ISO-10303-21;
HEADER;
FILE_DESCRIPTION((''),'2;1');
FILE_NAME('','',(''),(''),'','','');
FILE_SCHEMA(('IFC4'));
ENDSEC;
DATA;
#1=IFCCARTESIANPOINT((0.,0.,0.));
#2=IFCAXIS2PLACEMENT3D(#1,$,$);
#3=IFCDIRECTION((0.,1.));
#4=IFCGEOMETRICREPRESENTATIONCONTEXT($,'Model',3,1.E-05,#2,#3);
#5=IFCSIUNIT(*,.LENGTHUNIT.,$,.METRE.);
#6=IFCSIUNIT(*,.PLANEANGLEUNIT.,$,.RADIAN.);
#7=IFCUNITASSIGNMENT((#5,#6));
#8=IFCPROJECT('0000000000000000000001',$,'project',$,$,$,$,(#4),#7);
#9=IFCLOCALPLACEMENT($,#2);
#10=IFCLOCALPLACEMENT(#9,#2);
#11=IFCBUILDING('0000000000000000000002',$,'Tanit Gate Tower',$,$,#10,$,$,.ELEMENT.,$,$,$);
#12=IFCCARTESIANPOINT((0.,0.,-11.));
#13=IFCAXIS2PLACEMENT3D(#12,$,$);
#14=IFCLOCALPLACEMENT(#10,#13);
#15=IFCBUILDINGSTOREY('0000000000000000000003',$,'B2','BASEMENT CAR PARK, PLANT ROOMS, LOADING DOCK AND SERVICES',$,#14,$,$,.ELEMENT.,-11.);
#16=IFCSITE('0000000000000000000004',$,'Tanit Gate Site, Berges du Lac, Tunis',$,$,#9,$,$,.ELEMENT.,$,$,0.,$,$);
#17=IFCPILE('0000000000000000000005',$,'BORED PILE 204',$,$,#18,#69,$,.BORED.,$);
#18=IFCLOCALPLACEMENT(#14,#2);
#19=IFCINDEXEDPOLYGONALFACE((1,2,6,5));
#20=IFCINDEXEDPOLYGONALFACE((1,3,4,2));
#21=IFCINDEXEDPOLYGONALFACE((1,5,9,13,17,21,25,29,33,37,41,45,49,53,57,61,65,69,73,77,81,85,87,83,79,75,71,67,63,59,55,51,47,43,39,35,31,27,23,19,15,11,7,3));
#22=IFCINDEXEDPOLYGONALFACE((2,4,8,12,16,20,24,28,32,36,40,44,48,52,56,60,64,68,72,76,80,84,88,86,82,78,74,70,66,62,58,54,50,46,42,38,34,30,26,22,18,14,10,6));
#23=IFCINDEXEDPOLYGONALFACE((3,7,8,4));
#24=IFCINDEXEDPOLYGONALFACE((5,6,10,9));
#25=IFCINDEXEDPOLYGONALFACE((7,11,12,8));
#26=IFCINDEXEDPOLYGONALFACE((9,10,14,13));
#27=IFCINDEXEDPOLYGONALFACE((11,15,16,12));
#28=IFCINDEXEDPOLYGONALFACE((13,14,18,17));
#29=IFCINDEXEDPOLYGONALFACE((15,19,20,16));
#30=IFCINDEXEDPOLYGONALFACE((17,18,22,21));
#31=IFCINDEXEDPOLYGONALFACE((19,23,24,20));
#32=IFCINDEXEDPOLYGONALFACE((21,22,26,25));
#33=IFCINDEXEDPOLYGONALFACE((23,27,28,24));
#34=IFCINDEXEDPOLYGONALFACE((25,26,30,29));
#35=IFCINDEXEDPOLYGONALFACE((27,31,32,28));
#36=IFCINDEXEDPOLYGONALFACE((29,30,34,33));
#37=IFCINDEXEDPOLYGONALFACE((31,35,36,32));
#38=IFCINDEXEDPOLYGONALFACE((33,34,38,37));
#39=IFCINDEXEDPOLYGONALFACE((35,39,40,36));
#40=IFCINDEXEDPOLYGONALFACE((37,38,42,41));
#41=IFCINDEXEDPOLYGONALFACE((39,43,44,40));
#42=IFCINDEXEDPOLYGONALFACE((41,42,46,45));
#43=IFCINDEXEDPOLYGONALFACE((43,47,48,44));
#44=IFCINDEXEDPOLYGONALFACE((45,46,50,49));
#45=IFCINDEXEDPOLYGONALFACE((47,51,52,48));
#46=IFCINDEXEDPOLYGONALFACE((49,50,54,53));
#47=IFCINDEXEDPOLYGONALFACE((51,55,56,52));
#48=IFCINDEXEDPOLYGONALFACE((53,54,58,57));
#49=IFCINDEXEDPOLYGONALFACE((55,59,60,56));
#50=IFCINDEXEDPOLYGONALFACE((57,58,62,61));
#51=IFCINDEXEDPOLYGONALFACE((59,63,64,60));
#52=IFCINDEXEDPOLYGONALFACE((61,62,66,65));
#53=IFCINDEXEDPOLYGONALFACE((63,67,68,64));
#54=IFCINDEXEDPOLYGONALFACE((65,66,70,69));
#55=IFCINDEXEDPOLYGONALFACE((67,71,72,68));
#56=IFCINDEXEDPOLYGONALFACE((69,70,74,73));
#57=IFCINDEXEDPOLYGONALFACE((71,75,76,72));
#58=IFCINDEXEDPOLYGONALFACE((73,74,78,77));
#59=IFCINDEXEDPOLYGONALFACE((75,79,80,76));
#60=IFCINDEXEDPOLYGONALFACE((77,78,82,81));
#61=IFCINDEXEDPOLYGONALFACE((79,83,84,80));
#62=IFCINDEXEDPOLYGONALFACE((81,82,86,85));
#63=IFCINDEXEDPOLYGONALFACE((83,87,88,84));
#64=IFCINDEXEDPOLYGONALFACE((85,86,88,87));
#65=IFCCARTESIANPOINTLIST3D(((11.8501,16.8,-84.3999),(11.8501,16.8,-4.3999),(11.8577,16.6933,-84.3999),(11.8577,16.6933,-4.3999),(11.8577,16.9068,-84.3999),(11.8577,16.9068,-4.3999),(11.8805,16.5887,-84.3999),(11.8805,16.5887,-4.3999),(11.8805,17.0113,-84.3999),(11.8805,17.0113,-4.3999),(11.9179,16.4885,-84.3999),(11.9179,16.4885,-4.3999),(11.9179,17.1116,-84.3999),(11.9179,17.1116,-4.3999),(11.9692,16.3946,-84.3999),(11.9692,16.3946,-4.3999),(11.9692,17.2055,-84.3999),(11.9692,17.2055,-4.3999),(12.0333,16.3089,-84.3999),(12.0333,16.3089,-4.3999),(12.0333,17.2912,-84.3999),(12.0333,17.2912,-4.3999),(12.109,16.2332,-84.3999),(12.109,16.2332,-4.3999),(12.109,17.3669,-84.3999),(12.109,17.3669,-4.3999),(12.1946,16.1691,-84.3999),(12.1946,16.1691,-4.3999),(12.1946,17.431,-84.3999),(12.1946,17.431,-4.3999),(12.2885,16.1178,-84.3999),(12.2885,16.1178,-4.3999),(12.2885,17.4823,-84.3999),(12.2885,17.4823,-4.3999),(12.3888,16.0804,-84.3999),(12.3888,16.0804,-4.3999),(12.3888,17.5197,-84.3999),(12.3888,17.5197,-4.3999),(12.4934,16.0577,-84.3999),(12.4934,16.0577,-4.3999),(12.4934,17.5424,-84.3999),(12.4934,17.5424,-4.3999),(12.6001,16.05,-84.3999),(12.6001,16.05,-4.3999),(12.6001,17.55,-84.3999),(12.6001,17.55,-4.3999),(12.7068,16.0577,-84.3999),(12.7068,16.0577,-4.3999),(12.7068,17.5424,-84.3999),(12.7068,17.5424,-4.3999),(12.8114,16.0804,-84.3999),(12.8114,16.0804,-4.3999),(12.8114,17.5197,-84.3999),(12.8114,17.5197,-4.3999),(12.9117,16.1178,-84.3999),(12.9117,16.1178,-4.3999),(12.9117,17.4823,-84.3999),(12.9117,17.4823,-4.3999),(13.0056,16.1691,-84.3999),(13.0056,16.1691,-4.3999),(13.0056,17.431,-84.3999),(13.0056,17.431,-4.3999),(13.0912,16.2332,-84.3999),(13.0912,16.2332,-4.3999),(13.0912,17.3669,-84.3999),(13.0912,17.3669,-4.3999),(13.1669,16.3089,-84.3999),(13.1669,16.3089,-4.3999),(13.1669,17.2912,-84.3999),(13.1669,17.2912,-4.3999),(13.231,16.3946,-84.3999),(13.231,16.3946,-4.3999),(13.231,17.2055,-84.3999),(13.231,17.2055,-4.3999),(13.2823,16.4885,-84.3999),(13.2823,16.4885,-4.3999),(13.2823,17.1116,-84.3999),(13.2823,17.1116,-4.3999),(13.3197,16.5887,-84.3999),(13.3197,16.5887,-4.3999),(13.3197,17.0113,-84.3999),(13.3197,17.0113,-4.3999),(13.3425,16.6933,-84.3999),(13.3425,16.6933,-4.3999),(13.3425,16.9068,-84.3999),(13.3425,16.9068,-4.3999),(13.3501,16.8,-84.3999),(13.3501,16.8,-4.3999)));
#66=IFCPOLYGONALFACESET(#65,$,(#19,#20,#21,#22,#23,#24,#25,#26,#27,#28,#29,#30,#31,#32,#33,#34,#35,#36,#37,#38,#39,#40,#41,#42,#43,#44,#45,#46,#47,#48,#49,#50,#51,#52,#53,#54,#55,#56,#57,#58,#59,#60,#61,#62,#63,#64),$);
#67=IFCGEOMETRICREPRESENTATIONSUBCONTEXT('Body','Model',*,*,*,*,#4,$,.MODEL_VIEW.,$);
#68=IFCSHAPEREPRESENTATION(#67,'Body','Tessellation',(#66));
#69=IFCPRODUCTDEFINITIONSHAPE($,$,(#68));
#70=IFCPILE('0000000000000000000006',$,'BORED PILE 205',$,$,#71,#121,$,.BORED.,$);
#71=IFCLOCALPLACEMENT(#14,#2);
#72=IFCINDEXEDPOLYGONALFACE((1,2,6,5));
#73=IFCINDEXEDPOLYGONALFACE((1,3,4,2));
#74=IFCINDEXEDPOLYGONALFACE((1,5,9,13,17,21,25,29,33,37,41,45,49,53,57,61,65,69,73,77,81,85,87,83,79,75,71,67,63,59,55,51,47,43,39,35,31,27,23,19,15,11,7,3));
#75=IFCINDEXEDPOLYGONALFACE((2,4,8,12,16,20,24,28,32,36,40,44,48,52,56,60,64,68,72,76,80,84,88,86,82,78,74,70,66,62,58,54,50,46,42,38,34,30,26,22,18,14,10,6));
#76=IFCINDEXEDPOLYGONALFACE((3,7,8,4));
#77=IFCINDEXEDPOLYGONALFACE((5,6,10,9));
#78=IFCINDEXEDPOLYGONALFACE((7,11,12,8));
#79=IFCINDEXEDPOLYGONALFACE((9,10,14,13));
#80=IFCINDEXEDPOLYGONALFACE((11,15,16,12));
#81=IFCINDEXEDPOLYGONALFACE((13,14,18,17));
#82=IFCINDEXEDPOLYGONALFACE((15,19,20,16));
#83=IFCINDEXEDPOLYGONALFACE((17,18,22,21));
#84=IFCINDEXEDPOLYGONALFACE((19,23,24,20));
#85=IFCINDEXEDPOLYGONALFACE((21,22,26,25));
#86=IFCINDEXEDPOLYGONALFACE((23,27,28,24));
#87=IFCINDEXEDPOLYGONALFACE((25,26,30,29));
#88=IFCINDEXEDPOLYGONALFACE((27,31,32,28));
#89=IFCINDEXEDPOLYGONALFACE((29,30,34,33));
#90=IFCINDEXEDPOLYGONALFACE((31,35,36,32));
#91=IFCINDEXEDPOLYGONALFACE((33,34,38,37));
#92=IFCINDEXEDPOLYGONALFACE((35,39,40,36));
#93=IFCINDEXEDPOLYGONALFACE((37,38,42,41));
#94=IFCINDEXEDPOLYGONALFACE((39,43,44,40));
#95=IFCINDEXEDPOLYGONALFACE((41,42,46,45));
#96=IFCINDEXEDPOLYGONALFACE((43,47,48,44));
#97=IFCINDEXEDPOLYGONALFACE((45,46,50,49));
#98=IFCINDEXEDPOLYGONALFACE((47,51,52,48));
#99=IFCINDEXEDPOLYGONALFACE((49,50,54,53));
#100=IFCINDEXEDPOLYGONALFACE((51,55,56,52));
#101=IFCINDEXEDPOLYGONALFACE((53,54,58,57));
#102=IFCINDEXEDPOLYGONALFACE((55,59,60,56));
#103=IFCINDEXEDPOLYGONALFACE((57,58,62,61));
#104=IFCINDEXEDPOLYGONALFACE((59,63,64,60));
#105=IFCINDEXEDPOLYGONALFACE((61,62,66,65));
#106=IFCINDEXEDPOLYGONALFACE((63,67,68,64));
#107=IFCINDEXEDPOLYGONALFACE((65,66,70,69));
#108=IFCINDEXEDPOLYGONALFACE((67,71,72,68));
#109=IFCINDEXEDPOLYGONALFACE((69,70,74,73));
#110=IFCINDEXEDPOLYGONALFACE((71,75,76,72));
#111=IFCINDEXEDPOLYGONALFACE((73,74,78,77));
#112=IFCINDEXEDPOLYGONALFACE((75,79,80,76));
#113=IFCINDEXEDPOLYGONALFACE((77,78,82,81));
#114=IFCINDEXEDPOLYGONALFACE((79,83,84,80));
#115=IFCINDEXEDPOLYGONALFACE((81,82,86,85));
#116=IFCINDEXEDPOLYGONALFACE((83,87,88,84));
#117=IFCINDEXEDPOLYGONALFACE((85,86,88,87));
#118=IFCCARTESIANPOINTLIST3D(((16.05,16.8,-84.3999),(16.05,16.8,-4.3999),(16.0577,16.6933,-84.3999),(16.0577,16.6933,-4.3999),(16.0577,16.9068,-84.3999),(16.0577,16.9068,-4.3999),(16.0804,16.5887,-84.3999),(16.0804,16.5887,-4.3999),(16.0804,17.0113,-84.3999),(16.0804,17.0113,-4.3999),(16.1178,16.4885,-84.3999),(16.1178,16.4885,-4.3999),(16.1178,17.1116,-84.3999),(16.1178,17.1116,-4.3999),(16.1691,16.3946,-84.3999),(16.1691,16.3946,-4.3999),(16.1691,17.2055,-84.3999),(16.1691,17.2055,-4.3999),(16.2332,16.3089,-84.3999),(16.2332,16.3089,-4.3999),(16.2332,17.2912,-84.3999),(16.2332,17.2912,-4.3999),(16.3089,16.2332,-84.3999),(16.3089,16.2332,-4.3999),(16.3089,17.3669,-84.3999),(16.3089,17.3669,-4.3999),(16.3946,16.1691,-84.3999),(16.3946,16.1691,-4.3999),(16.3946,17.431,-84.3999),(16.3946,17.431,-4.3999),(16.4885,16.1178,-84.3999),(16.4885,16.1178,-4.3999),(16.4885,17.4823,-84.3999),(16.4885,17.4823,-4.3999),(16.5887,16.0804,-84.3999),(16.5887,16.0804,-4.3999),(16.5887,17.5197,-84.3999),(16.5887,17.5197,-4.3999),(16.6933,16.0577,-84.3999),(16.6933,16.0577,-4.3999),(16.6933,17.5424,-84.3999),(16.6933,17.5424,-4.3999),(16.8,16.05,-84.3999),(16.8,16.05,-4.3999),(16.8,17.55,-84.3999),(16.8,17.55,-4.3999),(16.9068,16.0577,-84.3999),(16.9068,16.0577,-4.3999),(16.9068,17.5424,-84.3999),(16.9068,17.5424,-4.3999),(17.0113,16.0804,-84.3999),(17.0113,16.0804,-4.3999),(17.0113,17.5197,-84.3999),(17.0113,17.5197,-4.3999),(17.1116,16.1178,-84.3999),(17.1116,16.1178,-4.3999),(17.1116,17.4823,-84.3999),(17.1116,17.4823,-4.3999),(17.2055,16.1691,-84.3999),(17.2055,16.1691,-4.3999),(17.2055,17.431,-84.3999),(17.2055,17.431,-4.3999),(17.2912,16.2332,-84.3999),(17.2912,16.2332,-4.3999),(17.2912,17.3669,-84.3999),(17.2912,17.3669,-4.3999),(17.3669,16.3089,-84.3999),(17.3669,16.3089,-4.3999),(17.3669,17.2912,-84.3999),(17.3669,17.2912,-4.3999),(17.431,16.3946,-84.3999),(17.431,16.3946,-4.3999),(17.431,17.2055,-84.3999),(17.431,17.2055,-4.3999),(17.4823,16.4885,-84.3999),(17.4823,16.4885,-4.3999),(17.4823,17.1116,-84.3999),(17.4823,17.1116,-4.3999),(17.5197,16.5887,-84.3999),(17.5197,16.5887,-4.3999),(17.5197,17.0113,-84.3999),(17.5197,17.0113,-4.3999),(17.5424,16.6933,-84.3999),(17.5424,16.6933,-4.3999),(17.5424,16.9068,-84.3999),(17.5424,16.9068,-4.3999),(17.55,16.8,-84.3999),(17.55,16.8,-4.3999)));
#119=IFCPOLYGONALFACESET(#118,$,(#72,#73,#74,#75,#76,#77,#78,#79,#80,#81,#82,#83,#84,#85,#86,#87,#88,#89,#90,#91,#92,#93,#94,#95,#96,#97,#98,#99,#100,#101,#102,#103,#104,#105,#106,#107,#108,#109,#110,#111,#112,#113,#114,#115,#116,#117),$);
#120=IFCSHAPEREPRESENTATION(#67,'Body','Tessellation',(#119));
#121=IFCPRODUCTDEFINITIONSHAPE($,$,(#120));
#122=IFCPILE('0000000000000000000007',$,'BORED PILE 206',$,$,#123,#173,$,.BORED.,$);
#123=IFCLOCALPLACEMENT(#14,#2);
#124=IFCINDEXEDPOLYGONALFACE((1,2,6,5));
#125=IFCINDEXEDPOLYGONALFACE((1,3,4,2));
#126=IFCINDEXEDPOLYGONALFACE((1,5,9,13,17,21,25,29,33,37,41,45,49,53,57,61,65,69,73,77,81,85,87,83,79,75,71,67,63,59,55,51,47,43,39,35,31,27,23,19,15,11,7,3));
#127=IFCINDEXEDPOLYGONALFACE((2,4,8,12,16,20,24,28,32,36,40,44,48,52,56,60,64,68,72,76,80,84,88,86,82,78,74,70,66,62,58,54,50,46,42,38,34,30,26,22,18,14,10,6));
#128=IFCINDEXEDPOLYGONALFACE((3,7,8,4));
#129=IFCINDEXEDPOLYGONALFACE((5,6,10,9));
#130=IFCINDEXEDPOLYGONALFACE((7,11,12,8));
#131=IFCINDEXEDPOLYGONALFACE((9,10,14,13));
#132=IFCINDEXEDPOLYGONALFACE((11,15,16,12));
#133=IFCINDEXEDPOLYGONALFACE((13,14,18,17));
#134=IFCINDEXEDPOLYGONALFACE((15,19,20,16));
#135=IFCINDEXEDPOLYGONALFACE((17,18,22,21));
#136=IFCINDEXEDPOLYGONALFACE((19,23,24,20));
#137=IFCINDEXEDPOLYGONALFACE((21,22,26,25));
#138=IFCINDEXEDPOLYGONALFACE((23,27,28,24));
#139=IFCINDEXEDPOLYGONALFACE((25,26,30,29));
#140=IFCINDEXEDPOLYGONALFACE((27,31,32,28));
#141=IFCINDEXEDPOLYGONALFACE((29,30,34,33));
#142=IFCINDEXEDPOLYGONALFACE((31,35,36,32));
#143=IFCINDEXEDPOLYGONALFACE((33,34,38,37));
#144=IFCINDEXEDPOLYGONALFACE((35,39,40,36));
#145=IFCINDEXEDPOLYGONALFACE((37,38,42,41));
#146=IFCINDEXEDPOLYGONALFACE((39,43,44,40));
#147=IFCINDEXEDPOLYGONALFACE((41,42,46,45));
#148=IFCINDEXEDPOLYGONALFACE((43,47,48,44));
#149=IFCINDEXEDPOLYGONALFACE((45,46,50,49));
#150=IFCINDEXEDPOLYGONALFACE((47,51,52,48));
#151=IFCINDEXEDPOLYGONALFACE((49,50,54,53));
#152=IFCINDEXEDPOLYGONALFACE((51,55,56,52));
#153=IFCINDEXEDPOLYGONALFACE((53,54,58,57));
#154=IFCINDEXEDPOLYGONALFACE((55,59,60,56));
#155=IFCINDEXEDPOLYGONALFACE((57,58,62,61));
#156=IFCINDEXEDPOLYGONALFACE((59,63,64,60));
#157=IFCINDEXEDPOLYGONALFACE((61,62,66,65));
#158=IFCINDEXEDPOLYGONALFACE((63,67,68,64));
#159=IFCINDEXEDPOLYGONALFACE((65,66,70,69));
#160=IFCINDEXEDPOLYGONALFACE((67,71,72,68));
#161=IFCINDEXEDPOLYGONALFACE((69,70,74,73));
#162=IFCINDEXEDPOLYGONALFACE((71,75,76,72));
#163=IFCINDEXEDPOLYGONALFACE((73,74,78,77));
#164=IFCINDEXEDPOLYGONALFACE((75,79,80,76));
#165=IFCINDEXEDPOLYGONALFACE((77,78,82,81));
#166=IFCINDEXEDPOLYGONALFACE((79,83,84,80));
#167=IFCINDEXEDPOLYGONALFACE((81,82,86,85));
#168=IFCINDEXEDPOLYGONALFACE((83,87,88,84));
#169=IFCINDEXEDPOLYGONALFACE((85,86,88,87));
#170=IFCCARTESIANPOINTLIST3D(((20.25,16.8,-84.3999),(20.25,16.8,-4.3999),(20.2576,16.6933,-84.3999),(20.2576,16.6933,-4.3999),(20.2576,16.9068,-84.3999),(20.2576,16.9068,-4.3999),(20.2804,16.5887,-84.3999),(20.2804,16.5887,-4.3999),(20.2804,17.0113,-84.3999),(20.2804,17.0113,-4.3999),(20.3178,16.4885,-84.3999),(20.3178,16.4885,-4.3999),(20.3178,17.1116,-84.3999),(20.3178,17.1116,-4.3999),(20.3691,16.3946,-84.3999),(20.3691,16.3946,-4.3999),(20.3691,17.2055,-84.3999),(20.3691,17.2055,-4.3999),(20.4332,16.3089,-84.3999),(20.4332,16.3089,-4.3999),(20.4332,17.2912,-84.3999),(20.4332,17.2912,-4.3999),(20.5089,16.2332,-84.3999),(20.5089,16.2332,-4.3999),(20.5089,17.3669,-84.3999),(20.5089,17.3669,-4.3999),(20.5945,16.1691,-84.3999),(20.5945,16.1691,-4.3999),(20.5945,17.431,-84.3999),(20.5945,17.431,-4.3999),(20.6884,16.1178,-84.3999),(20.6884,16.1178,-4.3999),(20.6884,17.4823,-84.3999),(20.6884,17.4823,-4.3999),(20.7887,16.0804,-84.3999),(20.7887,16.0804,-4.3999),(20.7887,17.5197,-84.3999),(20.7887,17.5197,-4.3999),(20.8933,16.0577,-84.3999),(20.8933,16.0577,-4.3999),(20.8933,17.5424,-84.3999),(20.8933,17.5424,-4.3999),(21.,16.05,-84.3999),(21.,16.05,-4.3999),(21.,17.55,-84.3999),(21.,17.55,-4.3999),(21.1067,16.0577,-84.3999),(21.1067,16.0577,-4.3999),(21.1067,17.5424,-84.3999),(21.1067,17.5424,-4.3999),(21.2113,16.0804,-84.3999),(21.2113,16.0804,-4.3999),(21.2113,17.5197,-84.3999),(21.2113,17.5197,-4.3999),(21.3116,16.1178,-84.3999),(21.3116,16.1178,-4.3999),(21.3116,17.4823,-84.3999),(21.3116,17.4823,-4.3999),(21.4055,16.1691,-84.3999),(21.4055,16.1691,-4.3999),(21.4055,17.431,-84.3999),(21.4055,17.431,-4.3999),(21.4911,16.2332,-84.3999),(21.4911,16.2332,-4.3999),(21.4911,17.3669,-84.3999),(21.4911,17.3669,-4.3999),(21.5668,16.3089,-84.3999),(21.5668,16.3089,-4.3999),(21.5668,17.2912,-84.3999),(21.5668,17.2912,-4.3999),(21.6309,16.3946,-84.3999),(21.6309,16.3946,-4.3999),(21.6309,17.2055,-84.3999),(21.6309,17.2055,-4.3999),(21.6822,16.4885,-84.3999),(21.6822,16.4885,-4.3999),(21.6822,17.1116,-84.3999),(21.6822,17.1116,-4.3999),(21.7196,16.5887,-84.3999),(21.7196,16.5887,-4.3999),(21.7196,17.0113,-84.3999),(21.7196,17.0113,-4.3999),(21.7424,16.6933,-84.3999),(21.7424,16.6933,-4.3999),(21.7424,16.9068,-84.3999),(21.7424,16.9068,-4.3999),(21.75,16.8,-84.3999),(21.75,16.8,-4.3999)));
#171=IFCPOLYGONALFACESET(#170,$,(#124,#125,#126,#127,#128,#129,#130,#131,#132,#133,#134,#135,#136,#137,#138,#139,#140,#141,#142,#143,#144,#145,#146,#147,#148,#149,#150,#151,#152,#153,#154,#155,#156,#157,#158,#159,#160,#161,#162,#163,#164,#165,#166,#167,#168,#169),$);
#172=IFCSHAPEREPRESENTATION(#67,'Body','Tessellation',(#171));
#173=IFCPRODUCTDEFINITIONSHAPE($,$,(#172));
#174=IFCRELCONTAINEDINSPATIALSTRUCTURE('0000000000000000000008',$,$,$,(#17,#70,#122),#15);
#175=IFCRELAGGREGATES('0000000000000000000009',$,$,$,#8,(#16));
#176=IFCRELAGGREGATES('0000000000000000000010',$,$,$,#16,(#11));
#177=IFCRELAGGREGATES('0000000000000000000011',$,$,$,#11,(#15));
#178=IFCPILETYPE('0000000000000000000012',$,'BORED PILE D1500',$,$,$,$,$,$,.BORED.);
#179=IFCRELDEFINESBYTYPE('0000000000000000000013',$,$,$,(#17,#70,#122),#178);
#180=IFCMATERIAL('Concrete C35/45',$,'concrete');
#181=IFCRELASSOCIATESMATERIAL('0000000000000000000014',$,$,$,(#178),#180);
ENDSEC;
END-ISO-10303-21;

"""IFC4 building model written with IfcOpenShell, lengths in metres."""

from ifc_helpers import new_model, si_unit, direction, frame, origin, origin_2d, place, context, subcontext, project, spatial, circle, extrude, material, material_profile, profile_set, type_object, element, save


model = new_model("IFC4")

# Units and contexts
model_context = context("Model", 3, precision=1e-05, world=origin(), true_north=direction((0.0, 1.0)))
body_context = subcontext(model_context, "Body", "Model", "MODEL_VIEW")
ifc_project = project(units=[si_unit("LENGTHUNIT", "METRE"), si_unit("PLANEANGLEUNIT", "RADIAN")], contexts=[model_context])

# Site, building, storey
site_placement = place(None, origin())
site = spatial("IfcSite", under=ifc_project, at=site_placement, Name="Tanit Gate Site, Berges du Lac, Tunis", CompositionType="ELEMENT", RefElevation=0.0)
building_placement = place(site_placement, origin())
building = spatial("IfcBuilding", under=site, at=building_placement, Name="Tanit Gate Tower", CompositionType="ELEMENT")
storey_placement = place(building_placement, frame((0.0, 0.0, -11.0)))
storey = spatial("IfcBuildingStorey", under=building, at=storey_placement, Name="B2", Description="BASEMENT CAR PARK, PLANT ROOMS, LOADING DOCK AND SERVICES", CompositionType="ELEMENT", Elevation=-11.0)

# Piles
ifc_material_1 = material(Name="Concrete C35/45", Category="concrete")
ifc_material_profile_1 = material_profile(ifc_material_1, circle(Radius=0.75, at=origin_2d()), Name="BORED PILE D1500 C35/45")
ifc_profile_set_1 = profile_set([ifc_material_profile_1], Name="Concrete C35/45")
pile_type = type_object("IfcPileType", Name="BORED PILE D1500", PredefinedType="BORED", material=ifc_profile_set_1)
for number, where, z_axis, x_axis, name in (
    (1, (12.6001, 16.8, -4.3999), (0.0, 0.0, -1.0), (1.0, 0.0, 0.0), "BORED PILE 204"),
    (2, (16.8, 16.8, -4.3999), (0.0, 0.0, -1.0), (1.0, 0.0, 0.0), "BORED PILE 205"),
    (3, (21.0, 16.8, -4.3999), (0.0, 0.0, -1.0), (1.0, 0.0, 0.0), "BORED PILE 206"),
):
    element("IfcPile", number, at=place(storey_placement, frame(where, z_axis=z_axis, x_axis=x_axis)), inside=storey, type_object=pile_type, Name=name, PredefinedType="BORED", context=body_context, shape_type="SweptSolid", body=[
        extrude(circle(Radius=0.75, at=origin_2d()), origin(), (0.0, 0.0, 1.0), 80.0),
    ])

save(model, "model.ifc")
